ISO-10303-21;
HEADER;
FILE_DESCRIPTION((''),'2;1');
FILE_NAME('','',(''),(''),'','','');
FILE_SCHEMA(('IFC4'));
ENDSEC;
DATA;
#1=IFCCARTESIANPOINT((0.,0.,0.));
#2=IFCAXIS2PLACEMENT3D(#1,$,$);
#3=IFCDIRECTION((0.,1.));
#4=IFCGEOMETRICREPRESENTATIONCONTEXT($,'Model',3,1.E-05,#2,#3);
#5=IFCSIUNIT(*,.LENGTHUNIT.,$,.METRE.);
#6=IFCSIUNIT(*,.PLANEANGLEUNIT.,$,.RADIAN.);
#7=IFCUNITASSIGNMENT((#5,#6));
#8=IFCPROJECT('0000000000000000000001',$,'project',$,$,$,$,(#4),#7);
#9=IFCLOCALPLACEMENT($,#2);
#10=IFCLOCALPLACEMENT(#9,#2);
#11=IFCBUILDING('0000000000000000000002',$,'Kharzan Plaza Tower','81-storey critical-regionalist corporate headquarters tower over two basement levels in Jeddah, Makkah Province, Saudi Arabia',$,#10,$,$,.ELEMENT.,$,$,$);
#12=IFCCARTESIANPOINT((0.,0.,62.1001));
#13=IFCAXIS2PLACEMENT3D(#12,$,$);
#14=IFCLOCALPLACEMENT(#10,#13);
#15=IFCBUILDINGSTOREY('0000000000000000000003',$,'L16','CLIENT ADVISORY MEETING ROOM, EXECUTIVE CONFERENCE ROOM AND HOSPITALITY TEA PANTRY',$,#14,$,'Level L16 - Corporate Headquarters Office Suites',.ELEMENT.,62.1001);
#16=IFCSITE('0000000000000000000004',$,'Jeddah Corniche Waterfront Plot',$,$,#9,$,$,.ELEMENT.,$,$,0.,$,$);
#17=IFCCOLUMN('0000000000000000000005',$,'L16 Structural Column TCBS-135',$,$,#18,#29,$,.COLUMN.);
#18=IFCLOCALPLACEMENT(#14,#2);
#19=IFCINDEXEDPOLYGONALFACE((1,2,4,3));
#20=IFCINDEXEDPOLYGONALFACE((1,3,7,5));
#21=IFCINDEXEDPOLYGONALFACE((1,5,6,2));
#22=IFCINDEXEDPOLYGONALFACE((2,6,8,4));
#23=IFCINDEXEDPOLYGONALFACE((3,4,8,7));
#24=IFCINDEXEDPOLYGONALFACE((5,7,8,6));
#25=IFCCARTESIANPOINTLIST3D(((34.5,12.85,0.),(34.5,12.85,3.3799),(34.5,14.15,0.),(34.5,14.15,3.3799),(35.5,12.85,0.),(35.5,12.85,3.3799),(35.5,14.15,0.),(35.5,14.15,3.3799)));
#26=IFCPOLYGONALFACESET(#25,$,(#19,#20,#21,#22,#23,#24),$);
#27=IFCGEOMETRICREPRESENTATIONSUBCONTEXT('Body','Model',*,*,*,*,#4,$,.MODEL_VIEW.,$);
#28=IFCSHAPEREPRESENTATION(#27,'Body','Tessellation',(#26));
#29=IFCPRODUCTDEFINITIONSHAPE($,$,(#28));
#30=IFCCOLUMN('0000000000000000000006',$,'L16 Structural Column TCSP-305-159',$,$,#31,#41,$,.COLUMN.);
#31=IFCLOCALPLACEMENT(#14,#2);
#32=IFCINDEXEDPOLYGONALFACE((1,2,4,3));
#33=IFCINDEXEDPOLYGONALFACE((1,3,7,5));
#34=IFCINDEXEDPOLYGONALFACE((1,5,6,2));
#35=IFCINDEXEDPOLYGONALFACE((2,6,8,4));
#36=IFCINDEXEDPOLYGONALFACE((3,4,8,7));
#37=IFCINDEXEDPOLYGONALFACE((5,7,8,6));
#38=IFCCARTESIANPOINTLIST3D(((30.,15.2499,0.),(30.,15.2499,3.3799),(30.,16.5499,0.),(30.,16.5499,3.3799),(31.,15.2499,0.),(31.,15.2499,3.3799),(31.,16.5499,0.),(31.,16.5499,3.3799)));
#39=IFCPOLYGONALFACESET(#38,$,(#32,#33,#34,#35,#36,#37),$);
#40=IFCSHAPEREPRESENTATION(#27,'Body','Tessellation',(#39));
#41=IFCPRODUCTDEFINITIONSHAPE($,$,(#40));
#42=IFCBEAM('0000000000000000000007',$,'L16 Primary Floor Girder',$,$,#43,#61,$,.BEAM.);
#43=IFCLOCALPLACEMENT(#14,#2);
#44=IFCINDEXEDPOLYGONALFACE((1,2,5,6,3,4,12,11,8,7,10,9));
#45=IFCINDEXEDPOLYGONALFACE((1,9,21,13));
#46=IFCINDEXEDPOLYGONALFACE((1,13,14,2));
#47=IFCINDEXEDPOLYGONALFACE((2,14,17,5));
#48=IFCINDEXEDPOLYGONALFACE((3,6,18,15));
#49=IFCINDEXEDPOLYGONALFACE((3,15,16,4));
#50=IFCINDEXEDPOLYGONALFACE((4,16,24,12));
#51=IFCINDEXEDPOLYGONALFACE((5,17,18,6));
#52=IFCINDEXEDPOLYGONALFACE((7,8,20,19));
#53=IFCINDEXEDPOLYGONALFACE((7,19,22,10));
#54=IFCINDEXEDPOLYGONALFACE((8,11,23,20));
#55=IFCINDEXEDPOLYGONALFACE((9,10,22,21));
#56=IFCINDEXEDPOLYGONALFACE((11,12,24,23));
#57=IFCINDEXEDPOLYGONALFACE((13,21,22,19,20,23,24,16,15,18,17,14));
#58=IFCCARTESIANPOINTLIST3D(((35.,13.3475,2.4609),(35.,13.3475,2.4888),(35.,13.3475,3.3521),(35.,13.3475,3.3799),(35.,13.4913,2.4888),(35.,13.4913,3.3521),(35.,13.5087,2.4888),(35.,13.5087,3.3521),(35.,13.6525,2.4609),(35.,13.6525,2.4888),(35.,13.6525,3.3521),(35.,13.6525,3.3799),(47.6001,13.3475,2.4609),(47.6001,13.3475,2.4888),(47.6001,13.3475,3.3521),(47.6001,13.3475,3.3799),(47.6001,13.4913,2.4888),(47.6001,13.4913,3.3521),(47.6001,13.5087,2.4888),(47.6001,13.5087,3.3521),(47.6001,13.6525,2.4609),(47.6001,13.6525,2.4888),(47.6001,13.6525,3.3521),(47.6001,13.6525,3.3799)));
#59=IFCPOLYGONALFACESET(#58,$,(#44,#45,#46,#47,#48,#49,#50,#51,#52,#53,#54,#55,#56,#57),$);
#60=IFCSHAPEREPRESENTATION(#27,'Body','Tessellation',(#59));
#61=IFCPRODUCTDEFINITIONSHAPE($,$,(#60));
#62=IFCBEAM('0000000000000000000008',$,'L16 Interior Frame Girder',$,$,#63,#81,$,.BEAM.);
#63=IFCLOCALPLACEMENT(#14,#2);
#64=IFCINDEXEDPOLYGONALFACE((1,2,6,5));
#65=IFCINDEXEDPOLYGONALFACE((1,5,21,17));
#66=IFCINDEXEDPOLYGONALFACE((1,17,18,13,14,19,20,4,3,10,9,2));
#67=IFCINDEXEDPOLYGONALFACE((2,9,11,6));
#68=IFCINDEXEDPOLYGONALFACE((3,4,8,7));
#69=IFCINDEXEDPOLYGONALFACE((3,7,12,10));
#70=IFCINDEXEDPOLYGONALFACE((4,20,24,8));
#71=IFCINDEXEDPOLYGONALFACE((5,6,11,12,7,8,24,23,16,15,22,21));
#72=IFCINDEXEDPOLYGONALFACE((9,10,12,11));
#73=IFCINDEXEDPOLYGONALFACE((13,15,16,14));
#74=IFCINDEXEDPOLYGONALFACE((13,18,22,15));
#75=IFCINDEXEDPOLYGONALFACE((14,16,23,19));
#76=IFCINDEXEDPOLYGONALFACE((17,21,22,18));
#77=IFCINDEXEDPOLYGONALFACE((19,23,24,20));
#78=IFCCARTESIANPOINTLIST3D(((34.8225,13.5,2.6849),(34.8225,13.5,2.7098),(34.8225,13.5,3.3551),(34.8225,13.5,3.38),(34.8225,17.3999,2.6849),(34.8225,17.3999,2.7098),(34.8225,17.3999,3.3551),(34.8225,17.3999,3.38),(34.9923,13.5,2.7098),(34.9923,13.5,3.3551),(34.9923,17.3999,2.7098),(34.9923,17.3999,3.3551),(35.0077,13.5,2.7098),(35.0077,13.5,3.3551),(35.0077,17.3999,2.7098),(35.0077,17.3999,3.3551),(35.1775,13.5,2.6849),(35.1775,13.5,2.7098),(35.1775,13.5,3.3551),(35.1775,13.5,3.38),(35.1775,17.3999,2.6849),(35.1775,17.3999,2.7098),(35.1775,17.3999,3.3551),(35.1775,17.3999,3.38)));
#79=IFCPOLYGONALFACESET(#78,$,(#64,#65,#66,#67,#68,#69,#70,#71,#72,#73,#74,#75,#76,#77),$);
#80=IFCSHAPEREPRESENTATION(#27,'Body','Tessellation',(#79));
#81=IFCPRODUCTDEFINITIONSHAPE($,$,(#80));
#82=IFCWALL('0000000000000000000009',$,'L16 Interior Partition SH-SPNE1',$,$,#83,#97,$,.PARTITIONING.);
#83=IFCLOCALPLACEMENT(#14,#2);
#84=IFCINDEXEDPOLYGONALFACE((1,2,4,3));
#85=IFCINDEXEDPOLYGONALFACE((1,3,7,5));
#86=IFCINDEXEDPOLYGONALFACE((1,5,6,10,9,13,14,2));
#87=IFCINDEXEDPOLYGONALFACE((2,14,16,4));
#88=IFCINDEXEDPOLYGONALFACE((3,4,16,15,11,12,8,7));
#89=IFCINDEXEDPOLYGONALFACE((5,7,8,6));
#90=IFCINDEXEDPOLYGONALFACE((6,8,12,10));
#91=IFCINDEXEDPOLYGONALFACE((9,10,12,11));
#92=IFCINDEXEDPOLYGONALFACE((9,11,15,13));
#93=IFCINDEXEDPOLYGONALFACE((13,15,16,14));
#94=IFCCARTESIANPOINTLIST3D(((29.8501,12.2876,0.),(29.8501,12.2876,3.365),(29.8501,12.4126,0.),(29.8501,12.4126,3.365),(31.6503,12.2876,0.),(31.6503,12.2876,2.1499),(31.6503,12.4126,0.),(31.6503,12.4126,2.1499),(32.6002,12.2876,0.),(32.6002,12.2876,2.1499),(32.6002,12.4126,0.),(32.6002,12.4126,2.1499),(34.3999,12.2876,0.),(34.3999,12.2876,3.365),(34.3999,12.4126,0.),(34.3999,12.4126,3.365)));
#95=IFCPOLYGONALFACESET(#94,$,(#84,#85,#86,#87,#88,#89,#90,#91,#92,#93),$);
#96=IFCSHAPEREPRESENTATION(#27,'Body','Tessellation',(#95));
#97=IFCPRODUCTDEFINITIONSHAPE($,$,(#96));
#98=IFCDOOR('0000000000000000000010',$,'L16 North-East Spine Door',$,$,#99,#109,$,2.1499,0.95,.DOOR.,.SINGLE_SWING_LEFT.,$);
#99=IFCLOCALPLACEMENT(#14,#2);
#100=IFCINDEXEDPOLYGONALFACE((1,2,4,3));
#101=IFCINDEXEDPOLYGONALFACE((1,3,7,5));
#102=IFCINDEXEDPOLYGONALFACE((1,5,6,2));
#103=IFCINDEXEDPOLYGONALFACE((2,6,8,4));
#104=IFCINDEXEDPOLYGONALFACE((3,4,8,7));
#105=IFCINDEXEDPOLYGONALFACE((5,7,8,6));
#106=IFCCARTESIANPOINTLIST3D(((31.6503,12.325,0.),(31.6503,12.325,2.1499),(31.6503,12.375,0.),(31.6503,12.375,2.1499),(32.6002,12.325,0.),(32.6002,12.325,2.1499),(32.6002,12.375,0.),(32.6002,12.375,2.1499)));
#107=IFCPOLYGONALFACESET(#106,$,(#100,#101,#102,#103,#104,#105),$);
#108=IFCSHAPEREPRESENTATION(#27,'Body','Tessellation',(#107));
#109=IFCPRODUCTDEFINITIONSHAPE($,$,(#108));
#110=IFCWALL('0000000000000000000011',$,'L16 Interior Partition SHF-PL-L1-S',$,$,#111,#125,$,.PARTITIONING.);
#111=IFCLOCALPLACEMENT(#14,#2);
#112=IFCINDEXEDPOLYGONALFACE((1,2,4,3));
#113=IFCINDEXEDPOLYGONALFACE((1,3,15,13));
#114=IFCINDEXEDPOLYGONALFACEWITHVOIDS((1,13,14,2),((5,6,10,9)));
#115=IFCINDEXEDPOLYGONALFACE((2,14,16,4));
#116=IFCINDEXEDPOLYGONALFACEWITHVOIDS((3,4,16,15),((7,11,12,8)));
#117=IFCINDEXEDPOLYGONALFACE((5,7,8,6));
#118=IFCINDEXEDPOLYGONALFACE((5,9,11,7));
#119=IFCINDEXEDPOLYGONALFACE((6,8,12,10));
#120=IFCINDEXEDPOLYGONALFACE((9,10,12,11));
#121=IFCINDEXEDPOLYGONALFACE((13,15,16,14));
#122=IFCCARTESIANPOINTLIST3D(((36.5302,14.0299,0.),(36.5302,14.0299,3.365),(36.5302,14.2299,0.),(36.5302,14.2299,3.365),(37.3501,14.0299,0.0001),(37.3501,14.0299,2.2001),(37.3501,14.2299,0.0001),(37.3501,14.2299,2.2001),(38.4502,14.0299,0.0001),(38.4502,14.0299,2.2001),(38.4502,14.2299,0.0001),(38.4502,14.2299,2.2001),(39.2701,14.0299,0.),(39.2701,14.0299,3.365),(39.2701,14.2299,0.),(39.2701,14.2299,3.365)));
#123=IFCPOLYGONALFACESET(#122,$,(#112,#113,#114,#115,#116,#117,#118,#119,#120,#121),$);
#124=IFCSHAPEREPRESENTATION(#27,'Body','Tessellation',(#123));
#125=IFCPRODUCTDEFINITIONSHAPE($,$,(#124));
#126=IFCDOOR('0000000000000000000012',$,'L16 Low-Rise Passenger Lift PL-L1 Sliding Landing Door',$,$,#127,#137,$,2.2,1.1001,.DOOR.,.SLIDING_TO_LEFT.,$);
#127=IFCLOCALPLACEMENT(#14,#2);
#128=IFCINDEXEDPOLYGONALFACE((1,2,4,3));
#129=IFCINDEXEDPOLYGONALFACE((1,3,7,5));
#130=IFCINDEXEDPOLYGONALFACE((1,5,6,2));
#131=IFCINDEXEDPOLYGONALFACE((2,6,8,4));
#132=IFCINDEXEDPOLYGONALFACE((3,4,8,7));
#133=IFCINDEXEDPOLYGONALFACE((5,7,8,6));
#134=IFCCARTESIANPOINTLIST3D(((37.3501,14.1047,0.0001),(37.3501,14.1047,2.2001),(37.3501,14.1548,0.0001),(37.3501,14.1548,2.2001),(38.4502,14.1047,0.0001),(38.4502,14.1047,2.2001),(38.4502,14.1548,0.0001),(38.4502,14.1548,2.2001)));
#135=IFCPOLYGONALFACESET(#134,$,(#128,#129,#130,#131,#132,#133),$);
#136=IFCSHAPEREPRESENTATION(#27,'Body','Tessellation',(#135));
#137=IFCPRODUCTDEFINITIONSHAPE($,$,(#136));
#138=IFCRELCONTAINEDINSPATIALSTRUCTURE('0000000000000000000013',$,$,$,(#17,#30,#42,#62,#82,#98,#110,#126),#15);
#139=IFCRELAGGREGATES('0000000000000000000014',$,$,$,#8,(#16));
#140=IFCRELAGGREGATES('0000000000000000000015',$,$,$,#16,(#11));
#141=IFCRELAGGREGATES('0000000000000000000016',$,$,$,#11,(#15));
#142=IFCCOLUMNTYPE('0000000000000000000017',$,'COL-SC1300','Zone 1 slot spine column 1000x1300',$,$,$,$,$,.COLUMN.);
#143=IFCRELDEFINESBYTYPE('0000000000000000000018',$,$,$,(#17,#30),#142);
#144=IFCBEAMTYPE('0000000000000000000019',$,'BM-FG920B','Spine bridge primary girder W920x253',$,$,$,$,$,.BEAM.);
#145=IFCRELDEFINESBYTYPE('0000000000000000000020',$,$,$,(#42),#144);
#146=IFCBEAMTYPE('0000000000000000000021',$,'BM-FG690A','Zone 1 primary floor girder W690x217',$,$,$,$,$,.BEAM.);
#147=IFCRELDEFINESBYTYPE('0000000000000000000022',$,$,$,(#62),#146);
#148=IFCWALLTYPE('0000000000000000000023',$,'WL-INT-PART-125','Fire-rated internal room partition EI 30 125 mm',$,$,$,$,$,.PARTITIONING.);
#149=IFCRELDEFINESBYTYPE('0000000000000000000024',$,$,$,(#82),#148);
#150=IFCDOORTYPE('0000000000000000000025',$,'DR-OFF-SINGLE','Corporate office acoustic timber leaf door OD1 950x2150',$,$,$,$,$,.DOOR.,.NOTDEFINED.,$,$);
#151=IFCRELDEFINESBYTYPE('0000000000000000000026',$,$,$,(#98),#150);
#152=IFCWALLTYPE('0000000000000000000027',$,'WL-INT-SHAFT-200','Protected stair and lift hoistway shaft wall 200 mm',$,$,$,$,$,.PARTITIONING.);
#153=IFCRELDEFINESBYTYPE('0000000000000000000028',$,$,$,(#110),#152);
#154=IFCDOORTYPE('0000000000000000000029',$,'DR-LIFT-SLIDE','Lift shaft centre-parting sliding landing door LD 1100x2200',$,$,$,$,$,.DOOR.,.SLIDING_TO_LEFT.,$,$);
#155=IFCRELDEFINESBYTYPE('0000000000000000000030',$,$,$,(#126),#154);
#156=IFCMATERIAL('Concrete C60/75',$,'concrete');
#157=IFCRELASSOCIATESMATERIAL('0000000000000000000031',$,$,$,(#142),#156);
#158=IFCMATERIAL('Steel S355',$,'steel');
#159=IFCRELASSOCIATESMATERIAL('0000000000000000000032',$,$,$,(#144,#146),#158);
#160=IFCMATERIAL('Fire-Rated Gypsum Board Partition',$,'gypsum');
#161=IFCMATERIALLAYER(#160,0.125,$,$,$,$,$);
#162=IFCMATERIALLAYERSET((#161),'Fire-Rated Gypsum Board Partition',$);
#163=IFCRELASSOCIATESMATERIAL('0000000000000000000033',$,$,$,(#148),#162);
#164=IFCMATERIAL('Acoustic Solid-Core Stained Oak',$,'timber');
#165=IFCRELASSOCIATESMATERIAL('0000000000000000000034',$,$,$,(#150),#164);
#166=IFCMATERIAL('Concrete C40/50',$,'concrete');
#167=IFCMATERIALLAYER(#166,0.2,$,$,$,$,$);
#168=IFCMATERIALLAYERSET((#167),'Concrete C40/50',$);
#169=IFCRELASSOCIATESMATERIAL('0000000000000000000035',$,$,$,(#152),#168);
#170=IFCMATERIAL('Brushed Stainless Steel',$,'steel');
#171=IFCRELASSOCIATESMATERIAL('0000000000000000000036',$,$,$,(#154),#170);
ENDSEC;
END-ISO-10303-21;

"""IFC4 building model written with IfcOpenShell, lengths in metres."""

from ifc_helpers import new_model, si_unit, direction, frame, frame_2d, origin, origin_2d, place, context, subcontext, project, spatial, rectangle, i_section, extrude, source, transform, mapped, material, layer, layer_set, material_profile, profile_set, type_object, element, fill, save


model = new_model("IFC4")

# Units and contexts
model_context = context("Model", 3, precision=1e-05, world=origin(), true_north=direction((0.0, 1.0)))
body_context = subcontext(model_context, "Body", "Model", "MODEL_VIEW")
ifc_project = project(units=[si_unit("LENGTHUNIT", "METRE"), si_unit("PLANEANGLEUNIT", "RADIAN")], contexts=[model_context])

# Site, building, storey
site_placement = place(None, origin())
site = spatial("IfcSite", under=ifc_project, at=site_placement, Name="Jeddah Corniche Waterfront Plot", CompositionType="ELEMENT", RefElevation=0.0)
building_placement = place(site_placement, origin())
building = spatial("IfcBuilding", under=site, at=building_placement, Name="Kharzan Plaza Tower", Description="81-storey critical-regionalist corporate headquarters tower over two basement levels in Jeddah, Makkah Province, Saudi Arabia", CompositionType="ELEMENT")
storey_placement = place(building_placement, frame((0.0, 0.0, 62.1001)))
storey = spatial("IfcBuildingStorey", under=building, at=storey_placement, Name="L16", Description="CLIENT ADVISORY MEETING ROOM, EXECUTIVE CONFERENCE ROOM AND HOSPITALITY TEA PANTRY", LongName="Level L16 - Corporate Headquarters Office Suites", CompositionType="ELEMENT", Elevation=62.1001)

# Columns
ifc_material_1 = material(Name="Concrete C60/75", Category="concrete")
ifc_material_profile_1 = material_profile(ifc_material_1, rectangle(XDim=1.0, YDim=1.3, at=origin_2d()), Name="RC-SC1300x1000")
ifc_profile_set_1 = profile_set([ifc_material_profile_1], Name="Concrete C60/75")
column_type = type_object("IfcColumnType", Name="COL-SC1300", Description="Zone 1 slot spine column 1000x1300", PredefinedType="COLUMN", material=ifc_profile_set_1)
shared_shape_1 = source(origin(), body_context, "Body", "SweptSolid", [
    extrude(rectangle(XDim=1.0, YDim=1.3, at=origin_2d()), origin(), (0.0, 0.0, 1.0), 3.3799),
])
for number, where, z_axis, x_axis, name in (
    (1, (35.0, 13.5, 0.0), (0.0, 0.0, 1.0), (1.0, 0.0, 0.0), "L16 Structural Column TCBS-135"),
    (2, (30.5, 15.8999, 0.0), (0.0, 0.0, 1.0), (1.0, 0.0, 0.0), "L16 Structural Column TCSP-305-159"),
):
    element("IfcColumn", number, at=place(storey_placement, frame(where, z_axis=z_axis, x_axis=x_axis)), inside=storey, type_object=column_type, Name=name, PredefinedType="COLUMN", context=body_context, shape_type="MappedRepresentation", body=[
        mapped(shared_shape_1, transform((0.0, 0.0, 0.0), x_axis=(1.0, 0.0, 0.0), y_axis=(0.0, 1.0, 0.0), z_axis=(0.0, 0.0, 1.0))),
    ])

# Beams
ifc_material_2 = material(Name="Steel S355", Category="steel")
ifc_material_profile_2 = material_profile(ifc_material_2, i_section(OverallWidth=0.3049, OverallDepth=0.9189, WebThickness=0.0173, FlangeThickness=0.0278, at=origin_2d()), Name="W920x253")
ifc_profile_set_2 = profile_set([ifc_material_profile_2], Name="Steel S355")
beam_type_1 = type_object("IfcBeamType", Name="BM-FG920B", Description="Spine bridge primary girder W920x253", PredefinedType="BEAM", material=ifc_profile_set_2)
shared_shape_2 = source(origin(), body_context, "Body", "SweptSolid", [
    extrude(i_section(OverallWidth=0.3049, OverallDepth=0.9189, WebThickness=0.0173, FlangeThickness=0.0278, at=origin_2d()), origin(), (0.0, 0.0, 1.0), 12.6001),
])
beam_1_placement = place(storey_placement, frame((35.0, 13.5, 2.9204), z_axis=(1.0, 0.0, 0.0), x_axis=(0.0, 1.0, 0.0)))
element("IfcBeam", 3, at=beam_1_placement, inside=storey, type_object=beam_type_1, Name="L16 Primary Floor Girder", PredefinedType="BEAM", context=body_context, shape_type="MappedRepresentation", body=[
    mapped(shared_shape_2, transform((0.0, 0.0, 0.0), x_axis=(1.0, 0.0, 0.0), y_axis=(0.0, 1.0, 0.0), z_axis=(0.0, 0.0, 1.0))),
])
ifc_material_profile_3 = material_profile(ifc_material_2, i_section(OverallWidth=0.355, OverallDepth=0.6951, WebThickness=0.0154, FlangeThickness=0.0249, at=origin_2d()), Name="W690x217")
ifc_profile_set_3 = profile_set([ifc_material_profile_3], Name="Steel S355")
beam_type_2 = type_object("IfcBeamType", Name="BM-FG690A", Description="Zone 1 primary floor girder W690x217", PredefinedType="BEAM", material=ifc_profile_set_3)
shared_shape_3 = source(origin(), body_context, "Body", "SweptSolid", [
    extrude(i_section(OverallWidth=0.355, OverallDepth=0.6951, WebThickness=0.0154, FlangeThickness=0.0249, at=origin_2d()), origin(), (0.0, 0.0, 1.0), 3.8999),
])
beam_2_placement = place(storey_placement, frame((35.0, 13.5, 3.0325), z_axis=(0.0, 1.0, 0.0), x_axis=(-1.0, 0.0, 0.0)))
element("IfcBeam", 4, at=beam_2_placement, inside=storey, type_object=beam_type_2, Name="L16 Interior Frame Girder", PredefinedType="BEAM", context=body_context, shape_type="MappedRepresentation", body=[
    mapped(shared_shape_3, transform((0.0, 0.0, 0.0), x_axis=(1.0, 0.0, 0.0), y_axis=(0.0, 1.0, 0.0), z_axis=(0.0, 0.0, 1.0))),
])

# Walls, openings, doors
ifc_material_3 = material(Name="Fire-Rated Gypsum Board Partition", Category="gypsum")
ifc_layer_1 = layer(ifc_material_3, 0.125)
ifc_layer_set_1 = layer_set([ifc_layer_1], Name="Fire-Rated Gypsum Board Partition")
wall_type_1 = type_object("IfcWallType", Name="WL-INT-PART-125", Description="Fire-rated internal room partition EI 30 125 mm", PredefinedType="PARTITIONING", material=ifc_layer_set_1)
wall_1_placement = place(storey_placement, frame((29.8501, 12.3501, 0.0), z_axis=(0.0, 0.0, 1.0), x_axis=(1.0, 0.0, 0.0)))
wall_1 = element("IfcWall", 5, at=wall_1_placement, inside=storey, type_object=wall_type_1, Name="L16 Interior Partition SH-SPNE1", PredefinedType="PARTITIONING", context=body_context, shape_type="SweptSolid", body=[
    extrude(rectangle(XDim=4.5498, YDim=0.125, at=frame_2d((2.2749, 0.0))), origin(), (0.0, 0.0, 1.0), 3.365),
])
opening_1_placement = place(wall_1_placement, frame((1.8, 0.0, 0.0)))
opening_1 = element("IfcOpeningElement", 6, at=opening_1_placement, cuts=wall_1, PredefinedType="OPENING", context=body_context, shape_type="SweptSolid", body=[
    extrude(rectangle(XDim=0.95, YDim=2.1499, at=frame_2d((0.4751, 1.075))), frame((0.0, 0.0725, 0.0), z_axis=(0.0, -1.0, 0.0), x_axis=(1.0, 0.0, 0.0)), (0.0, 0.0, 1.0), 0.145),
])
ifc_material_4 = material(Name="Acoustic Solid-Core Stained Oak", Category="timber")
door_type_1 = type_object("IfcDoorType", Name="DR-OFF-SINGLE", Description="Corporate office acoustic timber leaf door OD1 950x2150", OperationType="NOTDEFINED", PredefinedType="DOOR", material=ifc_material_4)
shared_shape_4 = source(origin(), body_context, "Body", "SweptSolid", [
    extrude(rectangle(XDim=0.95, YDim=2.1499, at=frame_2d((0.4751, 1.075))), frame((0.0, 0.0249, 0.0), z_axis=(0.0, -1.0, 0.0), x_axis=(1.0, 0.0, 0.0)), (0.0, 0.0, 1.0), 0.05),
])
door_1_placement = place(opening_1_placement, origin())
door_1 = element("IfcDoor", 7, at=door_1_placement, inside=storey, type_object=door_type_1, Name="L16 North-East Spine Door", OperationType="SINGLE_SWING_LEFT", OverallHeight=2.1499, OverallWidth=0.95, PredefinedType="DOOR", context=body_context, shape_type="MappedRepresentation", body=[
    mapped(shared_shape_4, transform((0.0, 0.0, 0.0), x_axis=(1.0, 0.0, 0.0), y_axis=(0.0, 1.0, 0.0), z_axis=(0.0, 0.0, 1.0))),
])
fill(opening_1, door_1)
ifc_material_5 = material(Name="Concrete C40/50", Category="concrete")
ifc_layer_2 = layer(ifc_material_5, 0.2)
ifc_layer_set_2 = layer_set([ifc_layer_2], Name="Concrete C40/50")
wall_type_2 = type_object("IfcWallType", Name="WL-INT-SHAFT-200", Description="Protected stair and lift hoistway shaft wall 200 mm", PredefinedType="PARTITIONING", material=ifc_layer_set_2)
wall_2_placement = place(storey_placement, frame((36.53, 14.1299, 0.0), z_axis=(0.0, 0.0, 1.0), x_axis=(1.0, 0.0, 0.0)))
wall_2 = element("IfcWall", 8, at=wall_2_placement, inside=storey, type_object=wall_type_2, Name="L16 Interior Partition SHF-PL-L1-S", PredefinedType="PARTITIONING", context=body_context, shape_type="SweptSolid", body=[
    extrude(rectangle(XDim=2.74, YDim=0.2, at=frame_2d((1.3701, 0.0))), origin(), (0.0, 0.0, 1.0), 3.365),
])
opening_2_placement = place(wall_2_placement, frame((0.8201, 0.0, 0.0)))
opening_2 = element("IfcOpeningElement", 9, at=opening_2_placement, cuts=wall_2, PredefinedType="OPENING", context=body_context, shape_type="SweptSolid", body=[
    extrude(rectangle(XDim=1.1001, YDim=2.2, at=frame_2d((0.55, 1.1001))), frame((0.0, 0.1099, 0.0), z_axis=(0.0, -1.0, 0.0), x_axis=(1.0, 0.0, 0.0)), (0.0, 0.0, 1.0), 0.22),
])
ifc_material_6 = material(Name="Brushed Stainless Steel", Category="steel")
door_type_2 = type_object("IfcDoorType", Name="DR-LIFT-SLIDE", Description="Lift shaft centre-parting sliding landing door LD 1100x2200", OperationType="SLIDING_TO_LEFT", PredefinedType="DOOR", material=ifc_material_6)
shared_shape_5 = source(origin(), body_context, "Body", "SweptSolid", [
    extrude(rectangle(XDim=1.1001, YDim=2.2, at=frame_2d((0.55, 1.1001))), frame((0.0, 0.0249, 0.0), z_axis=(0.0, -1.0, 0.0), x_axis=(1.0, 0.0, 0.0)), (0.0, 0.0, 1.0), 0.05),
])
door_2_placement = place(opening_2_placement, origin())
door_2 = element("IfcDoor", 10, at=door_2_placement, inside=storey, type_object=door_type_2, Name="L16 Low-Rise Passenger Lift PL-L1 Sliding Landing Door", OperationType="SLIDING_TO_LEFT", OverallHeight=2.2, OverallWidth=1.1001, PredefinedType="DOOR", context=body_context, shape_type="MappedRepresentation", body=[
    mapped(shared_shape_5, transform((0.0, 0.0, 0.0), x_axis=(1.0, 0.0, 0.0), y_axis=(0.0, 1.0, 0.0), z_axis=(0.0, 0.0, 1.0))),
])
fill(opening_2, door_2)

save(model, "model.ifc")
